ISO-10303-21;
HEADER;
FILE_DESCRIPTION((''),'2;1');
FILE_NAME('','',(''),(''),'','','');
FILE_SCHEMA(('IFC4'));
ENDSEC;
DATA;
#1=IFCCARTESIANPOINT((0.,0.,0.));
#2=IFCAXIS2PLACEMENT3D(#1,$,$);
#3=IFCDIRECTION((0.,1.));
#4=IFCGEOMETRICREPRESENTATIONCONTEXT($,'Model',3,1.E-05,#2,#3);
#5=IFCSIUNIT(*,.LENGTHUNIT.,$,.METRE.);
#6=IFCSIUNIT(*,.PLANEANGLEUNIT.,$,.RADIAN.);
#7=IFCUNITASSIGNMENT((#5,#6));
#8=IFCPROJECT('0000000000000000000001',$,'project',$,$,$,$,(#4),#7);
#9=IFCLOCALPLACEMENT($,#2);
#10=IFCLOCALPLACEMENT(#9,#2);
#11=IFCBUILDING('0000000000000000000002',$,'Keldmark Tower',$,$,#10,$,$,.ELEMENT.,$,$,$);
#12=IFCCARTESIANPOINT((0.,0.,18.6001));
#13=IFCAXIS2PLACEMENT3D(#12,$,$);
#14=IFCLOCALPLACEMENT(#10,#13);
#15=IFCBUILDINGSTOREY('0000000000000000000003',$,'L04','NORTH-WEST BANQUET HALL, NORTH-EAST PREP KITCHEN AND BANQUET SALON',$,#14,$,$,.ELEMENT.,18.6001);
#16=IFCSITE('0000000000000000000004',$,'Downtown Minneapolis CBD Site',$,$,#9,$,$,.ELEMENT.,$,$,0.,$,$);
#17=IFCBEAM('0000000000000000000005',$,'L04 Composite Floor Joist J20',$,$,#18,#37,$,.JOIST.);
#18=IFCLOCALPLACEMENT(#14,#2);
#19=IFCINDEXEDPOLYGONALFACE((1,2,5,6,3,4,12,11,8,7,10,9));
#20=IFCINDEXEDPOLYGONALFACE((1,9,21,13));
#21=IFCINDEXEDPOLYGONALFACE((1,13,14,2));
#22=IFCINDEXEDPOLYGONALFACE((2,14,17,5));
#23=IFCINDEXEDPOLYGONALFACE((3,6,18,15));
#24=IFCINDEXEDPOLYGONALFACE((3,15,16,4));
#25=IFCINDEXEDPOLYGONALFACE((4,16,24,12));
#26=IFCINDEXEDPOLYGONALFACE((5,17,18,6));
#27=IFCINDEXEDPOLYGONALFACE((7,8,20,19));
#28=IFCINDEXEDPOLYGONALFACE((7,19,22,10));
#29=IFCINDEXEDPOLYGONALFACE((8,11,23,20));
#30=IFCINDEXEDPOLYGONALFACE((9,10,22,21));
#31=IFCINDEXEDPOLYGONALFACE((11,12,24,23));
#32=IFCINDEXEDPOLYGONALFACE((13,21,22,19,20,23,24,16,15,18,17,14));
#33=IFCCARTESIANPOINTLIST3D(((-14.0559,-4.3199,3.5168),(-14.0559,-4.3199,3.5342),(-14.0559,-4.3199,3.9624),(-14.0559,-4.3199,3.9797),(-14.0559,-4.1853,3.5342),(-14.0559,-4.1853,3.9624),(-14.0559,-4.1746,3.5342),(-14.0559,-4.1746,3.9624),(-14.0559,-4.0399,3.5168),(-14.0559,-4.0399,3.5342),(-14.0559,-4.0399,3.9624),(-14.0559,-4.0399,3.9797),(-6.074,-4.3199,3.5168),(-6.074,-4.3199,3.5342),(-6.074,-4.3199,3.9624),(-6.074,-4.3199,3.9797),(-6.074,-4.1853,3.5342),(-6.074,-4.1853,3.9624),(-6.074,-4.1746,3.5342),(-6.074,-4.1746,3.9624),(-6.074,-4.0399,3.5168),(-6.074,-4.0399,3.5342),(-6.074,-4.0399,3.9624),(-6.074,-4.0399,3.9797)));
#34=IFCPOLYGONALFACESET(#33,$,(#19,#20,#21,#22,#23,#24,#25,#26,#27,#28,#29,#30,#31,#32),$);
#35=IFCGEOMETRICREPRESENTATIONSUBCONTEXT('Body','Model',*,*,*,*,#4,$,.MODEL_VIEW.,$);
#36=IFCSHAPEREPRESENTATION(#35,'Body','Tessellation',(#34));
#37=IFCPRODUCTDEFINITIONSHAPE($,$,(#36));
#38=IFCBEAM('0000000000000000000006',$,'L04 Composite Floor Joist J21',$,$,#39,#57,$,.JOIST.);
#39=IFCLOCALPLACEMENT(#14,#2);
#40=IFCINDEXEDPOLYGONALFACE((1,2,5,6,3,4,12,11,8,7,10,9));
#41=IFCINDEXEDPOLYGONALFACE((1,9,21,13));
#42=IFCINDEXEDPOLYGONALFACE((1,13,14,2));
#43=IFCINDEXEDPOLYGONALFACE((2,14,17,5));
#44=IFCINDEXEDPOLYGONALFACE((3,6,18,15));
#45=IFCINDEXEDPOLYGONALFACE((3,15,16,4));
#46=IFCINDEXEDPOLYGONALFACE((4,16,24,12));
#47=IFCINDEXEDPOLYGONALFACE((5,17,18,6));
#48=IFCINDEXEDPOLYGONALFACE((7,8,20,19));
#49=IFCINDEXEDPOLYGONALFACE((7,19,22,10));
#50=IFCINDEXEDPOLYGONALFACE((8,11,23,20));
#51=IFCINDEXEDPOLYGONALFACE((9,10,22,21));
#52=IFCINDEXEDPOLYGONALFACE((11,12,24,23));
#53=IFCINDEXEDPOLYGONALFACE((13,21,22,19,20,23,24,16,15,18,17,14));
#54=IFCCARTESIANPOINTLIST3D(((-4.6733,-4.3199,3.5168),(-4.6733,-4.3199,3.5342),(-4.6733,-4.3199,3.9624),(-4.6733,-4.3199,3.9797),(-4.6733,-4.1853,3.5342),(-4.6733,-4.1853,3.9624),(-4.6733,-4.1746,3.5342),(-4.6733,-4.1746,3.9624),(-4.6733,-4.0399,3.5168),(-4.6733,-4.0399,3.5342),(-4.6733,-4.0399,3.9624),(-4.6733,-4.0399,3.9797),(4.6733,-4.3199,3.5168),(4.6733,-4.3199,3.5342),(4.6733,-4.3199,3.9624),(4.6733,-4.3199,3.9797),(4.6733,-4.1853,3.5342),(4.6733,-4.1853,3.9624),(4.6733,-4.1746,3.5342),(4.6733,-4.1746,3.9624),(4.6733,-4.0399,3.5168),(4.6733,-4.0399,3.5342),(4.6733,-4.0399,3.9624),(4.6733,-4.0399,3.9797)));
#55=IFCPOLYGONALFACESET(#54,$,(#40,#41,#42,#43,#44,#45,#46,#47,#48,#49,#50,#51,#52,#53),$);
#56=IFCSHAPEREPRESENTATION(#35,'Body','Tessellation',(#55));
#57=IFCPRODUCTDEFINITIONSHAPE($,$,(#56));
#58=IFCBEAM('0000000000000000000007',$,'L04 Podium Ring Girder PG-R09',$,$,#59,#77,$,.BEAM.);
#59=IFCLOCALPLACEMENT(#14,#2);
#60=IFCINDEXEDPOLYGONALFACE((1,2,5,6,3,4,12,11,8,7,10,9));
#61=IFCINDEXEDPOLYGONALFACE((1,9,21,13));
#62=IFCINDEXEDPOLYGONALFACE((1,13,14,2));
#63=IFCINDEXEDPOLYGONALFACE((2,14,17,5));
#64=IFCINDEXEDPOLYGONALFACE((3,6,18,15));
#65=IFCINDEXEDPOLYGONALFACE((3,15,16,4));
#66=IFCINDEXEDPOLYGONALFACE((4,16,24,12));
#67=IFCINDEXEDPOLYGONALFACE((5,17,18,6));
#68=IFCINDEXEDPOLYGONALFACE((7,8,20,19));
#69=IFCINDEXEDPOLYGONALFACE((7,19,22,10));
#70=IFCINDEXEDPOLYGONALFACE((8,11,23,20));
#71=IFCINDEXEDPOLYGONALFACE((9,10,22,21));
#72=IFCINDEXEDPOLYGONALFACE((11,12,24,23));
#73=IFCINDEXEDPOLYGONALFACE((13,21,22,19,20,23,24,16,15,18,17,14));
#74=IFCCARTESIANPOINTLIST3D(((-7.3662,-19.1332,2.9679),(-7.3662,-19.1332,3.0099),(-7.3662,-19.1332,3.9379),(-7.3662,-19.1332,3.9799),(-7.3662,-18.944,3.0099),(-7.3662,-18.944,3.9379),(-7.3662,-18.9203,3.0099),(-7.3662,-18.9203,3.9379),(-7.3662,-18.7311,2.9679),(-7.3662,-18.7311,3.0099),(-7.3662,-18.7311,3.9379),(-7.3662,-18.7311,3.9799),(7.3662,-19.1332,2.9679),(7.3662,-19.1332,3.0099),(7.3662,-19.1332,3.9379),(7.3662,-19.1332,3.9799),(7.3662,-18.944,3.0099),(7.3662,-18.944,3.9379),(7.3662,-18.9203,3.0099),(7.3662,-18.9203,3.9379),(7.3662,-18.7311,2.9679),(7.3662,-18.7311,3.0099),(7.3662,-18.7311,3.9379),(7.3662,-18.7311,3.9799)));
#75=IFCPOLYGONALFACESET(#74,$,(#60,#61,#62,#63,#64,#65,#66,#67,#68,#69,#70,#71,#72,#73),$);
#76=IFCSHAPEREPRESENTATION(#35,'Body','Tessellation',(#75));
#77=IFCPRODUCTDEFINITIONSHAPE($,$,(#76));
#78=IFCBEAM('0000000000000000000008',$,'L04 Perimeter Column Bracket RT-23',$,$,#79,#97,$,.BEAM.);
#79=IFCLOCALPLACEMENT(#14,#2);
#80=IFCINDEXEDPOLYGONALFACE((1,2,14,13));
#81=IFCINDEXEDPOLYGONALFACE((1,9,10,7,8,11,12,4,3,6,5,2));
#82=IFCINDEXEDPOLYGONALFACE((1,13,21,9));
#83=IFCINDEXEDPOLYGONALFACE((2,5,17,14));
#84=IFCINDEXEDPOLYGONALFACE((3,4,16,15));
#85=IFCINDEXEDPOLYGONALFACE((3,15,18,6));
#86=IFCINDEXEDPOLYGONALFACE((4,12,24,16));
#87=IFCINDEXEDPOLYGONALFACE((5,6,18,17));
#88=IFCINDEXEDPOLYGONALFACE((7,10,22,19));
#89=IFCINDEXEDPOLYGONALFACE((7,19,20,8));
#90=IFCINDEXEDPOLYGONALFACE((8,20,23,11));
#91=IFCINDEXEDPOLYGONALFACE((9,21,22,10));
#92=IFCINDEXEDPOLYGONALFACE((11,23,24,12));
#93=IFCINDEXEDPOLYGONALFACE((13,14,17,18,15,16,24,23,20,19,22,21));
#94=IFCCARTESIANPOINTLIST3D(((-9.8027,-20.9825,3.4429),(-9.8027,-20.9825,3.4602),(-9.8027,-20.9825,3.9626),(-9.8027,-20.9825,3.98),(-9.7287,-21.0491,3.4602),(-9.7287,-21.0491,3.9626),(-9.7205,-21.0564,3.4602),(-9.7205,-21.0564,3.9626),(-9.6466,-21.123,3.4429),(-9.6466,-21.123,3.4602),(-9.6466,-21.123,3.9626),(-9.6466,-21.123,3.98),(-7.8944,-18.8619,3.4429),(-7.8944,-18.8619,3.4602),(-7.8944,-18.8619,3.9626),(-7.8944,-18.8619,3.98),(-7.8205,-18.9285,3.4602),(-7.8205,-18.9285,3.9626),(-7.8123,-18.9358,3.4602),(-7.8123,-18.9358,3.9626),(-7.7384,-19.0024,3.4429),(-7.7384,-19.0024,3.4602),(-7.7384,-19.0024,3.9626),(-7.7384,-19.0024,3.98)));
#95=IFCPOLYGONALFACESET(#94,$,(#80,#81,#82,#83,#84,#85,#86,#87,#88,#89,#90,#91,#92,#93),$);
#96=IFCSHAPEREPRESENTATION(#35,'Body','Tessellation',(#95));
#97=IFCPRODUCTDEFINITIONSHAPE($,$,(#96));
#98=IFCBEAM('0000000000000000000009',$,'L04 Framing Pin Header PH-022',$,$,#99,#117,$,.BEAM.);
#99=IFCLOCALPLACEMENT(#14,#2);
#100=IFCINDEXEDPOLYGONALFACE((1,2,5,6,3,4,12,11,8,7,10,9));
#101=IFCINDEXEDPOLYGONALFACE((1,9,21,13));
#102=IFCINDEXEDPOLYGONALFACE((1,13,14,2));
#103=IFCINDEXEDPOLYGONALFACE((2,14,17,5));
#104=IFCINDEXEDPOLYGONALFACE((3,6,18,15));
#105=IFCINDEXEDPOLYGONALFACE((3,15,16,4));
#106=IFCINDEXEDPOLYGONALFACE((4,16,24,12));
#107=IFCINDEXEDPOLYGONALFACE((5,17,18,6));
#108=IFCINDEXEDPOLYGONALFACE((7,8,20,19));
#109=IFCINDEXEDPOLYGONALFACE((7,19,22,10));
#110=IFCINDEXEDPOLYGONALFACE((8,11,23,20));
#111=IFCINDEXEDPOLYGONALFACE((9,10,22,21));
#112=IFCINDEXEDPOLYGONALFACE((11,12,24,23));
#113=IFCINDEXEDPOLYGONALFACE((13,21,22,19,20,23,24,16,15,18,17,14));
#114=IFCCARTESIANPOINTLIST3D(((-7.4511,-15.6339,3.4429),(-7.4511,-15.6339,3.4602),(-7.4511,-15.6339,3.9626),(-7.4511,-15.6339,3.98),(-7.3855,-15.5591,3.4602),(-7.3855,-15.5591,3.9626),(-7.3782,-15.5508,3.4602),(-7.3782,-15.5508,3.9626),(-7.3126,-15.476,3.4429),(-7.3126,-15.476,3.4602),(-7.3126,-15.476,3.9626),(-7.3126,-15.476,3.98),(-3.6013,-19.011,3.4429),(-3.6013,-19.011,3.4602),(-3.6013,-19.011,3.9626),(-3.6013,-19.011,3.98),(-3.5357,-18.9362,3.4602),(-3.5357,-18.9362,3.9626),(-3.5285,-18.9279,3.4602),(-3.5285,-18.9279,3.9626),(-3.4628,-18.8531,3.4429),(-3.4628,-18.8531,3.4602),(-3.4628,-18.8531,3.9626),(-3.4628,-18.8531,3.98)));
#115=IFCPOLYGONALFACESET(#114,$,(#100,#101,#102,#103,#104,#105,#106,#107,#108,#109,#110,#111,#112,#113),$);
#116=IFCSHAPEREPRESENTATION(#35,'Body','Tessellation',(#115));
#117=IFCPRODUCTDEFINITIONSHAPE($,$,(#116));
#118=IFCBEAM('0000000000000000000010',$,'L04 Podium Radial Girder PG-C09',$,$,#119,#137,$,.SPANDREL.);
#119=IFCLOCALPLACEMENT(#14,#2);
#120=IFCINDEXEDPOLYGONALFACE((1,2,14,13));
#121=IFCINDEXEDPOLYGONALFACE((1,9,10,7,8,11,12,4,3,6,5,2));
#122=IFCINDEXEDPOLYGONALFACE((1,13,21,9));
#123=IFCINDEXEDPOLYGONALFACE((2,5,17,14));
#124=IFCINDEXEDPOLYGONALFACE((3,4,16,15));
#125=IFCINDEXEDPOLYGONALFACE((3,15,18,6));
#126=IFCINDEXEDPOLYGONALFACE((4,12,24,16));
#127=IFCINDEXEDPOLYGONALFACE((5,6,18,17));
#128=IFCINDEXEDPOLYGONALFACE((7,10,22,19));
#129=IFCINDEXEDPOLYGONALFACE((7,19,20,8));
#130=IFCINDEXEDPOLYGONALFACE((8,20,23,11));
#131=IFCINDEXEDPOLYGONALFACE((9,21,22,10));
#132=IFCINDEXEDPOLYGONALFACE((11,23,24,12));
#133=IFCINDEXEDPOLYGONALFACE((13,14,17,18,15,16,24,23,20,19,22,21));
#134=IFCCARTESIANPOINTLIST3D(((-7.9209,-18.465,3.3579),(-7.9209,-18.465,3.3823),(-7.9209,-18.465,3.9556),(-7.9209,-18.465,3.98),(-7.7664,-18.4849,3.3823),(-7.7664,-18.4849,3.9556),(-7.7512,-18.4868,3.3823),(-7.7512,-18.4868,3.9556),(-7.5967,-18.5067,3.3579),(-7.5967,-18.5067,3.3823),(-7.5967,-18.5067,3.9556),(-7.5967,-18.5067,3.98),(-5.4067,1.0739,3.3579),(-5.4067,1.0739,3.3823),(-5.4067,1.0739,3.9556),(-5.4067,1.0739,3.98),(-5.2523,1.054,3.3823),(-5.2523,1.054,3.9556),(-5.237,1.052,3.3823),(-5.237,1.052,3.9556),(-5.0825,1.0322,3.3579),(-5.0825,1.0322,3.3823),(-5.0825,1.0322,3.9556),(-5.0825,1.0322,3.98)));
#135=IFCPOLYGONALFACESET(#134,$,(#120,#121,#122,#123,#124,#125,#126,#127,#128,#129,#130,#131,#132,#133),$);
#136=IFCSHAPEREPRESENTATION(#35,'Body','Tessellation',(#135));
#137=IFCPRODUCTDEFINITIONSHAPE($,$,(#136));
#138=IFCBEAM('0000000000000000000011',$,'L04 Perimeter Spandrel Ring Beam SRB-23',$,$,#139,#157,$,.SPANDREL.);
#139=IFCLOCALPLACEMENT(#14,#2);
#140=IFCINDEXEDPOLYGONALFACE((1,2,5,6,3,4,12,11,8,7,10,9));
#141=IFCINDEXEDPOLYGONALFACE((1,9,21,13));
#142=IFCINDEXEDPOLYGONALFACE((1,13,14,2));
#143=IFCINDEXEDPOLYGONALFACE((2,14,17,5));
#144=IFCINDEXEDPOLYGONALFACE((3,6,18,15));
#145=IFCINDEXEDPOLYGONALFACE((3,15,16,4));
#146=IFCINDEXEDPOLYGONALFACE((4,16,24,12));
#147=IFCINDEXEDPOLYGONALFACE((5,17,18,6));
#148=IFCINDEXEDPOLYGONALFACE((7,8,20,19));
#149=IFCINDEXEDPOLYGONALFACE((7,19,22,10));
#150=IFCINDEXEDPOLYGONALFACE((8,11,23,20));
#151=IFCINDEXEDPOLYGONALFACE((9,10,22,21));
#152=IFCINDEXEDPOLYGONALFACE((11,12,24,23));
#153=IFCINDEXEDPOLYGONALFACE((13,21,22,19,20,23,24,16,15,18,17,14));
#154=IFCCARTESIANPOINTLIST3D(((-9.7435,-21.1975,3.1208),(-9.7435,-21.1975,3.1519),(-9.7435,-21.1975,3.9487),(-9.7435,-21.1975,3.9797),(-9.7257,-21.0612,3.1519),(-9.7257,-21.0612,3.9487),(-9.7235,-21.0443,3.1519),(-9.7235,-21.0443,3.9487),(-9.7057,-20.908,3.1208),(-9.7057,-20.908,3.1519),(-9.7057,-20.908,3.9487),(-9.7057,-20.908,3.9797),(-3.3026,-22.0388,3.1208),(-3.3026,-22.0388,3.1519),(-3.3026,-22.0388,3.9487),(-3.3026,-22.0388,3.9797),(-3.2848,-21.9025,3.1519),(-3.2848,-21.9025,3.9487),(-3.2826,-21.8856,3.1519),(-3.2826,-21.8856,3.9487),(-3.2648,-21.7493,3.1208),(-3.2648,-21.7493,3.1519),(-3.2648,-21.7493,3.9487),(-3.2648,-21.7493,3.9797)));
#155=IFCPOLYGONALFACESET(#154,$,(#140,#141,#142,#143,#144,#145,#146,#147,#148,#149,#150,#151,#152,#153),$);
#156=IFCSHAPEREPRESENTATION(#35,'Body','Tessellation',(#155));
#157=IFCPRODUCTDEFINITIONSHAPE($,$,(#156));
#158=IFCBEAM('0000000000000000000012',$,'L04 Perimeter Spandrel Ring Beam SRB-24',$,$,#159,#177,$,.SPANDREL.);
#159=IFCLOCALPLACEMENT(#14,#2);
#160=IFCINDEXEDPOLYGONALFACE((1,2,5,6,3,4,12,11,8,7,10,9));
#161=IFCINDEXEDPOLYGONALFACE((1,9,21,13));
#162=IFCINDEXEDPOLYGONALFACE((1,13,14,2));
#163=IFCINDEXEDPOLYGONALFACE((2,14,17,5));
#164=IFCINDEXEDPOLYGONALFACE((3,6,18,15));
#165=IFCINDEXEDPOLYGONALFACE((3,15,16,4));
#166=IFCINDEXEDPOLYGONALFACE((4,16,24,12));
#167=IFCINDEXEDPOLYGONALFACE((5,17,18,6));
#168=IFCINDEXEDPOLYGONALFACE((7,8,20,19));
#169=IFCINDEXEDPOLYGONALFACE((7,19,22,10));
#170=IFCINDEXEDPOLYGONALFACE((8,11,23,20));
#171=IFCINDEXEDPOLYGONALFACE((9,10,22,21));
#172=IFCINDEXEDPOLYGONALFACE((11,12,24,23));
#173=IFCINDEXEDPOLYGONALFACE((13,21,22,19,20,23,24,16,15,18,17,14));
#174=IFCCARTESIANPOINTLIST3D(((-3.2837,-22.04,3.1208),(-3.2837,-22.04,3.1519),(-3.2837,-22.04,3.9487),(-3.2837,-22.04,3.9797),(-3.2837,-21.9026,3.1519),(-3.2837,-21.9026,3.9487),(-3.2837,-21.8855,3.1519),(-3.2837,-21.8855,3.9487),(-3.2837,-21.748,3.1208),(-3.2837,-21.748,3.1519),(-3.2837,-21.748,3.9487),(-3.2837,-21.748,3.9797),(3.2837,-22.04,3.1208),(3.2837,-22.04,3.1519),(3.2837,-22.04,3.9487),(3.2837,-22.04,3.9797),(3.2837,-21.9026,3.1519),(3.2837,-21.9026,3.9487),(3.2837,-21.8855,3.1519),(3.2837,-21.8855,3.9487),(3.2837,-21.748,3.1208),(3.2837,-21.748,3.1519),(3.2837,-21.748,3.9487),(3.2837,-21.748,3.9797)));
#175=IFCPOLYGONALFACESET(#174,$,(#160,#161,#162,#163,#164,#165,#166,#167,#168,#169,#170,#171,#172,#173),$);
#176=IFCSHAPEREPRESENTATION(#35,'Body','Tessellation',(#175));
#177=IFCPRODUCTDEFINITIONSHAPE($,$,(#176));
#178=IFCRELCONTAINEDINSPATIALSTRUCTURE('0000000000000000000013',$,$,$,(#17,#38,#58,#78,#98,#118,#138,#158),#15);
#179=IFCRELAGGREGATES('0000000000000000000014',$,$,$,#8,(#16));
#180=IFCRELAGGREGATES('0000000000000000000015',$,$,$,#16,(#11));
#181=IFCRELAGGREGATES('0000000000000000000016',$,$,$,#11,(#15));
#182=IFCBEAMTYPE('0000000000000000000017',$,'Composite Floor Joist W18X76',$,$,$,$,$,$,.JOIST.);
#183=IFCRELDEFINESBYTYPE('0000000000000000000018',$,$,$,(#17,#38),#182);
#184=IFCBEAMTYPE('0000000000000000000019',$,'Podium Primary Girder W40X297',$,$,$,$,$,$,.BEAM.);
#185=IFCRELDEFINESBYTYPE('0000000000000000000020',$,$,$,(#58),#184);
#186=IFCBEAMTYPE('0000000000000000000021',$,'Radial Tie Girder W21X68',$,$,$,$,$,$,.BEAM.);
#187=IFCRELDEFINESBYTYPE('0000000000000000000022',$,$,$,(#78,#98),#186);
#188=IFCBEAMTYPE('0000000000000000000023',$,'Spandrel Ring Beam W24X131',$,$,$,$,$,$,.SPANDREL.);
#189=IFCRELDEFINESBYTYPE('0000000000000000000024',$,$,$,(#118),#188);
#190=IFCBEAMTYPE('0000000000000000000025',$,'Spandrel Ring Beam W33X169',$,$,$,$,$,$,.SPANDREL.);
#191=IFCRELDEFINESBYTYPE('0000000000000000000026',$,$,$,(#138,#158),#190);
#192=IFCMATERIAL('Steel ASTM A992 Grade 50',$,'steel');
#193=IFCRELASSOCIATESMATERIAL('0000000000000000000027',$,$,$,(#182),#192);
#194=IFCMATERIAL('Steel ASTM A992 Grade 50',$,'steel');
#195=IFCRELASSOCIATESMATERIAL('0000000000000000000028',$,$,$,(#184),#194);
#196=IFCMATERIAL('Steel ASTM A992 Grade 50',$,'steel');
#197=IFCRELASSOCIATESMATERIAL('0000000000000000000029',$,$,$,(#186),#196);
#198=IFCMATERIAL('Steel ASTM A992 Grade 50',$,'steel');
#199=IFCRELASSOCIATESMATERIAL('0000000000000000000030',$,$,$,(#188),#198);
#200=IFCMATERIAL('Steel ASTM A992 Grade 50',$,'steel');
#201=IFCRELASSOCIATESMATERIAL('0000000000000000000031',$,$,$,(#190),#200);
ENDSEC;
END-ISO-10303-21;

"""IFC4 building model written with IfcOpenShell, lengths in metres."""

from ifc_helpers import new_model, si_unit, direction, frame, origin, origin_2d, place, context, subcontext, project, spatial, i_section, extrude, material, material_profile, profile_set, type_object, element, save


model = new_model("IFC4")

# Units and contexts
model_context = context("Model", 3, precision=1e-05, world=origin(), true_north=direction((0.0, 1.0)))
body_context = subcontext(model_context, "Body", "Model", "MODEL_VIEW")
ifc_project = project(units=[si_unit("LENGTHUNIT", "METRE"), si_unit("PLANEANGLEUNIT", "RADIAN")], contexts=[model_context])

# Site, building, storey
site_placement = place(None, origin())
site = spatial("IfcSite", under=ifc_project, at=site_placement, Name="Downtown Minneapolis CBD Site", CompositionType="ELEMENT", RefElevation=0.0)
building_placement = place(site_placement, origin())
building = spatial("IfcBuilding", under=site, at=building_placement, Name="Keldmark Tower", CompositionType="ELEMENT")
storey_placement = place(building_placement, frame((0.0, 0.0, 18.6001)))
storey = spatial("IfcBuildingStorey", under=building, at=storey_placement, Name="L04", Description="NORTH-WEST BANQUET HALL, NORTH-EAST PREP KITCHEN AND BANQUET SALON", CompositionType="ELEMENT", Elevation=18.6001)

# Beams
ifc_material_1 = material(Name="Steel ASTM A992 Grade 50", Category="steel")
ifc_material_profile_1 = material_profile(ifc_material_1, i_section(OverallWidth=0.28, OverallDepth=0.4629, WebThickness=0.0107, FlangeThickness=0.0173, at=origin_2d()), Name="W18X76")
ifc_profile_set_1 = profile_set([ifc_material_profile_1], Name="Steel ASTM A992 Grade 50")
beam_type_1 = type_object("IfcBeamType", Name="Composite Floor Joist W18X76", PredefinedType="JOIST", material=ifc_profile_set_1)
beam_1_placement = place(storey_placement, frame((-14.0559, -4.1799, 3.7483), z_axis=(1.0, 0.0, 0.0), x_axis=(0.0, 1.0, 0.0)))
element("IfcBeam", 1, at=beam_1_placement, inside=storey, type_object=beam_type_1, Name="L04 Composite Floor Joist J20", PredefinedType="JOIST", context=body_context, shape_type="SweptSolid", body=[
    extrude(i_section(OverallWidth=0.28, OverallDepth=0.4629, WebThickness=0.0107, FlangeThickness=0.0173, at=origin_2d()), origin(), (0.0, 0.0, 1.0), 7.9819),
])
beam_2_placement = place(storey_placement, frame((-4.6733, -4.1799, 3.7483), z_axis=(1.0, 0.0, 0.0), x_axis=(0.0, 1.0, 0.0)))
element("IfcBeam", 2, at=beam_2_placement, inside=storey, type_object=beam_type_1, Name="L04 Composite Floor Joist J21", PredefinedType="JOIST", context=body_context, shape_type="SweptSolid", body=[
    extrude(i_section(OverallWidth=0.28, OverallDepth=0.4629, WebThickness=0.0107, FlangeThickness=0.0173, at=origin_2d()), origin(), (0.0, 0.0, 1.0), 9.3467),
])
ifc_material_2 = material(Name="Steel ASTM A992 Grade 50", Category="steel")
ifc_material_profile_2 = material_profile(ifc_material_2, i_section(OverallWidth=0.4021, OverallDepth=1.012, WebThickness=0.0237, FlangeThickness=0.042, at=origin_2d()), Name="W40X297")
ifc_profile_set_2 = profile_set([ifc_material_profile_2], Name="Steel ASTM A992 Grade 50")
beam_type_2 = type_object("IfcBeamType", Name="Podium Primary Girder W40X297", PredefinedType="BEAM", material=ifc_profile_set_2)
beam_3_placement = place(storey_placement, frame((-7.3662, -18.9321, 3.4739), z_axis=(1.0, 0.0, 0.0), x_axis=(0.0, 1.0, 0.0)))
element("IfcBeam", 3, at=beam_3_placement, inside=storey, type_object=beam_type_2, Name="L04 Podium Ring Girder PG-R09", PredefinedType="BEAM", context=body_context, shape_type="SweptSolid", body=[
    extrude(i_section(OverallWidth=0.4021, OverallDepth=1.012, WebThickness=0.0237, FlangeThickness=0.042, at=origin_2d()), origin(), (0.0, 0.0, 1.0), 14.7324),
])
ifc_material_3 = material(Name="Steel ASTM A992 Grade 50", Category="steel")
ifc_material_profile_3 = material_profile(ifc_material_3, i_section(OverallWidth=0.21, OverallDepth=0.5371, WebThickness=0.011, FlangeThickness=0.0173, at=origin_2d()), Name="W21X68")
ifc_profile_set_3 = profile_set([ifc_material_profile_3], Name="Steel ASTM A992 Grade 50")
beam_type_3 = type_object("IfcBeamType", Name="Radial Tie Girder W21X68", PredefinedType="BEAM", material=ifc_profile_set_3)
beam_4_placement = place(storey_placement, frame((-7.8164, -18.9321, 3.7114), z_axis=(-0.668899, -0.743354, 0.0), x_axis=(0.743354, -0.668899, 0.0)))
element("IfcBeam", 4, at=beam_4_placement, inside=storey, type_object=beam_type_3, Name="L04 Perimeter Column Bracket RT-23", PredefinedType="BEAM", context=body_context, shape_type="SweptSolid", body=[
    extrude(i_section(OverallWidth=0.21, OverallDepth=0.5371, WebThickness=0.011, FlangeThickness=0.0173, at=origin_2d()), origin(), (0.0, 0.0, 1.0), 2.8528),
])
beam_5_placement = place(storey_placement, frame((-7.3818, -15.5549, 3.7114), z_axis=(0.751746, -0.659452, 0.0), x_axis=(0.659452, 0.751746, 0.0)))
element("IfcBeam", 5, at=beam_5_placement, inside=storey, type_object=beam_type_3, Name="L04 Framing Pin Header PH-022", PredefinedType="BEAM", context=body_context, shape_type="SweptSolid", body=[
    extrude(i_section(OverallWidth=0.21, OverallDepth=0.5371, WebThickness=0.011, FlangeThickness=0.0173, at=origin_2d()), origin(), (0.0, 0.0, 1.0), 5.1211),
])
ifc_material_4 = material(Name="Steel ASTM A992 Grade 50", Category="steel")
ifc_material_profile_4 = material_profile(ifc_material_4, i_section(OverallWidth=0.3269, OverallDepth=0.6221, WebThickness=0.0154, FlangeThickness=0.0244, at=origin_2d()), Name="W24X131")
ifc_profile_set_4 = profile_set([ifc_material_profile_4], Name="Steel ASTM A992 Grade 50")
beam_type_4 = type_object("IfcBeamType", Name="Spandrel Ring Beam W24X131", PredefinedType="SPANDREL", material=ifc_profile_set_4)
beam_6_placement = place(storey_placement, frame((-7.7588, -18.4858, 3.6689), z_axis=(0.127623, 0.991823, 0.0), x_axis=(-0.991823, 0.127623, 0.0)))
element("IfcBeam", 6, at=beam_6_placement, inside=storey, type_object=beam_type_4, Name="L04 Podium Radial Girder PG-C09", PredefinedType="SPANDREL", context=body_context, shape_type="SweptSolid", body=[
    extrude(i_section(OverallWidth=0.3269, OverallDepth=0.6221, WebThickness=0.0154, FlangeThickness=0.0244, at=origin_2d()), origin(), (0.0, 0.0, 1.0), 19.7),
])
ifc_material_5 = material(Name="Steel ASTM A992 Grade 50", Category="steel")
ifc_material_profile_5 = material_profile(ifc_material_5, i_section(OverallWidth=0.292, OverallDepth=0.8589, WebThickness=0.0171, FlangeThickness=0.031, at=origin_2d()), Name="W33X169")
ifc_profile_set_5 = profile_set([ifc_material_profile_5], Name="Steel ASTM A992 Grade 50")
beam_type_5 = type_object("IfcBeamType", Name="Spandrel Ring Beam W33X169", PredefinedType="SPANDREL", material=ifc_profile_set_5)
beam_7_placement = place(storey_placement, frame((-9.7246, -21.0527, 3.5503), z_axis=(0.991577, -0.129519, 0.0), x_axis=(0.129519, 0.991577, 0.0)))
element("IfcBeam", 7, at=beam_7_placement, inside=storey, type_object=beam_type_5, Name="L04 Perimeter Spandrel Ring Beam SRB-23", PredefinedType="SPANDREL", context=body_context, shape_type="SweptSolid", body=[
    extrude(i_section(OverallWidth=0.292, OverallDepth=0.8589, WebThickness=0.0171, FlangeThickness=0.031, at=origin_2d()), origin(), (0.0, 0.0, 1.0), 6.4956),
])
beam_8_placement = place(storey_placement, frame((-3.2837, -21.894, 3.5503), z_axis=(1.0, 0.0, 0.0), x_axis=(0.0, 1.0, 0.0)))
element("IfcBeam", 8, at=beam_8_placement, inside=storey, type_object=beam_type_5, Name="L04 Perimeter Spandrel Ring Beam SRB-24", PredefinedType="SPANDREL", context=body_context, shape_type="SweptSolid", body=[
    extrude(i_section(OverallWidth=0.292, OverallDepth=0.8589, WebThickness=0.0171, FlangeThickness=0.031, at=origin_2d()), origin(), (0.0, 0.0, 1.0), 6.5674),
])

save(model, "model.ifc")
